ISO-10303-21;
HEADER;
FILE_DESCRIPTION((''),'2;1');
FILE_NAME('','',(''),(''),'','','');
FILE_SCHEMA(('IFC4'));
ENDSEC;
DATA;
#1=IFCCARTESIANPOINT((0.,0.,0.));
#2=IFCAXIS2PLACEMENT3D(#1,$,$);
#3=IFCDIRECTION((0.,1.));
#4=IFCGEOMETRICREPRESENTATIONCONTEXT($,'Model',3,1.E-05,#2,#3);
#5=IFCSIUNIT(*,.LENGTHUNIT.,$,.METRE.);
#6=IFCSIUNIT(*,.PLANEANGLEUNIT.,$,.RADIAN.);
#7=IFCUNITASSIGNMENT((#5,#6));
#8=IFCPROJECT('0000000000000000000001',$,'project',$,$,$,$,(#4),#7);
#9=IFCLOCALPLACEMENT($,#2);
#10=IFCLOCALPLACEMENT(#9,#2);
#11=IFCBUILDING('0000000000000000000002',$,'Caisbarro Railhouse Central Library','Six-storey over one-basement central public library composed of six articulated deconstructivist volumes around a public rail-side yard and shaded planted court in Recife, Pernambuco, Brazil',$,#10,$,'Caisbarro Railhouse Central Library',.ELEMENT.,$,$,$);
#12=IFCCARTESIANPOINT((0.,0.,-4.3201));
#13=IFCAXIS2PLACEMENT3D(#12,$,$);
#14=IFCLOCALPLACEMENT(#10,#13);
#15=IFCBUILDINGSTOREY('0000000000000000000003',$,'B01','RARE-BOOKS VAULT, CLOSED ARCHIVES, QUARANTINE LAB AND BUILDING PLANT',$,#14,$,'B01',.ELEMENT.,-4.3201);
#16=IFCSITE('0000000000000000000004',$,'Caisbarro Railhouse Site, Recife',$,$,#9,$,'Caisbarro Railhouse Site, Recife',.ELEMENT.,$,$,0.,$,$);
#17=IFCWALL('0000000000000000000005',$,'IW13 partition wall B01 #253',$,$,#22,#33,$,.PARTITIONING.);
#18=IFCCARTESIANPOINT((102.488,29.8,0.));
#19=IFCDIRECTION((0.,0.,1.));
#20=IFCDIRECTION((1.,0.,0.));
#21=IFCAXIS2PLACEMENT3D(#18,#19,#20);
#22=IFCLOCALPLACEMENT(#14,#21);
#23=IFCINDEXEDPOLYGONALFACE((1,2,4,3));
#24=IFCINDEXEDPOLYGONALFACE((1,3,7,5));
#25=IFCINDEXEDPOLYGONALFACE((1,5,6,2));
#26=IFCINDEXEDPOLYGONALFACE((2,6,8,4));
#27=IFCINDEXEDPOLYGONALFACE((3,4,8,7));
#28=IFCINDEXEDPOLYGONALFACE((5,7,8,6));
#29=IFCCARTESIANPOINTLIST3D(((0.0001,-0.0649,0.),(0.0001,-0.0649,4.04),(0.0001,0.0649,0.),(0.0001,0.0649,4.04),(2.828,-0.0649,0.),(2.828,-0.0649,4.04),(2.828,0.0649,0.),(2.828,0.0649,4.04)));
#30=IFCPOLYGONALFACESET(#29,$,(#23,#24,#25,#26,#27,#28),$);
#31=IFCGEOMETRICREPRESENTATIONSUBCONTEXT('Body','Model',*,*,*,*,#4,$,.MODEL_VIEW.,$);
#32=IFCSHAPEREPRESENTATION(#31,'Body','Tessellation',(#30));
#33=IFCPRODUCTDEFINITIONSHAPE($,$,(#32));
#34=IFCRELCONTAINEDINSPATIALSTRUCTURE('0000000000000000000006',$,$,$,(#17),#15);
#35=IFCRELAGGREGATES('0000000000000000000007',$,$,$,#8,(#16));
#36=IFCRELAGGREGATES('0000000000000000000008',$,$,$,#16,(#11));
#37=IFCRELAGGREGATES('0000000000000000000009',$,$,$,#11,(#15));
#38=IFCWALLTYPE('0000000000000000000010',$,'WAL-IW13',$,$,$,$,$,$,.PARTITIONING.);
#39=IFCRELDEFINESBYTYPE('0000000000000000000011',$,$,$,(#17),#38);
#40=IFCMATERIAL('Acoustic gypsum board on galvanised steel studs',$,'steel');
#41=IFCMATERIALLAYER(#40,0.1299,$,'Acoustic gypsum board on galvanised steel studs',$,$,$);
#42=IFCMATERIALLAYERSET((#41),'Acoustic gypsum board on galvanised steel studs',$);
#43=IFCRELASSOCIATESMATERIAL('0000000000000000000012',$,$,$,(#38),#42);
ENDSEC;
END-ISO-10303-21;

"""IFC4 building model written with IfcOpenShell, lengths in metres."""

from ifc_helpers import new_model, si_unit, direction, frame, frame_2d, origin, place, context, subcontext, project, spatial, rectangle, extrude, material, layer, layer_set, type_object, element, save


model = new_model("IFC4")

# Units and contexts
model_context = context("Model", 3, precision=1e-05, world=origin(), true_north=direction((0.0, 1.0)))
body_context = subcontext(model_context, "Body", "Model", "MODEL_VIEW")
ifc_project = project(units=[si_unit("LENGTHUNIT", "METRE"), si_unit("PLANEANGLEUNIT", "RADIAN")], contexts=[model_context])

# Site, building, storey
site_placement = place(None, origin())
site = spatial("IfcSite", under=ifc_project, at=site_placement, Name="Caisbarro Railhouse Site, Recife", LongName="Caisbarro Railhouse Site, Recife", CompositionType="ELEMENT", RefElevation=0.0)
building_placement = place(site_placement, origin())
building = spatial("IfcBuilding", under=site, at=building_placement, Name="Caisbarro Railhouse Central Library", Description="Six-storey over one-basement central public library composed of six articulated deconstructivist volumes around a public rail-side yard and shaded planted court in Recife, Pernambuco, Brazil", LongName="Caisbarro Railhouse Central Library", CompositionType="ELEMENT")
storey_placement = place(building_placement, frame((0.0, 0.0, -4.3201)))
storey = spatial("IfcBuildingStorey", under=building, at=storey_placement, Name="B01", Description="RARE-BOOKS VAULT, CLOSED ARCHIVES, QUARANTINE LAB AND BUILDING PLANT", LongName="B01", CompositionType="ELEMENT", Elevation=-4.3201)

# Wall
ifc_material_1 = material(Name="Acoustic gypsum board on galvanised steel studs", Category="steel")
ifc_layer_1 = layer(ifc_material_1, 0.1299, Name="Acoustic gypsum board on galvanised steel studs")
ifc_layer_set_1 = layer_set([ifc_layer_1], Name="Acoustic gypsum board on galvanised steel studs")
wall_type_1 = type_object("IfcWallType", Name="WAL-IW13", PredefinedType="PARTITIONING", material=ifc_layer_set_1)
wall_1_placement = place(storey_placement, frame((102.488, 29.8, 0.0), z_axis=(0.0, 0.0, 1.0), x_axis=(1.0, 0.0, 0.0)))
element("IfcWall", 1, at=wall_1_placement, inside=storey, type_object=wall_type_1, Name="IW13 partition wall B01 #253", PredefinedType="PARTITIONING", context=body_context, shape_type="SweptSolid", body=[
    extrude(rectangle(XDim=2.8279, YDim=0.1299, at=frame_2d((1.4141, 0.0))), origin(), (0.0, 0.0, 1.0), 4.04),
])

save(model, "model.ifc")
